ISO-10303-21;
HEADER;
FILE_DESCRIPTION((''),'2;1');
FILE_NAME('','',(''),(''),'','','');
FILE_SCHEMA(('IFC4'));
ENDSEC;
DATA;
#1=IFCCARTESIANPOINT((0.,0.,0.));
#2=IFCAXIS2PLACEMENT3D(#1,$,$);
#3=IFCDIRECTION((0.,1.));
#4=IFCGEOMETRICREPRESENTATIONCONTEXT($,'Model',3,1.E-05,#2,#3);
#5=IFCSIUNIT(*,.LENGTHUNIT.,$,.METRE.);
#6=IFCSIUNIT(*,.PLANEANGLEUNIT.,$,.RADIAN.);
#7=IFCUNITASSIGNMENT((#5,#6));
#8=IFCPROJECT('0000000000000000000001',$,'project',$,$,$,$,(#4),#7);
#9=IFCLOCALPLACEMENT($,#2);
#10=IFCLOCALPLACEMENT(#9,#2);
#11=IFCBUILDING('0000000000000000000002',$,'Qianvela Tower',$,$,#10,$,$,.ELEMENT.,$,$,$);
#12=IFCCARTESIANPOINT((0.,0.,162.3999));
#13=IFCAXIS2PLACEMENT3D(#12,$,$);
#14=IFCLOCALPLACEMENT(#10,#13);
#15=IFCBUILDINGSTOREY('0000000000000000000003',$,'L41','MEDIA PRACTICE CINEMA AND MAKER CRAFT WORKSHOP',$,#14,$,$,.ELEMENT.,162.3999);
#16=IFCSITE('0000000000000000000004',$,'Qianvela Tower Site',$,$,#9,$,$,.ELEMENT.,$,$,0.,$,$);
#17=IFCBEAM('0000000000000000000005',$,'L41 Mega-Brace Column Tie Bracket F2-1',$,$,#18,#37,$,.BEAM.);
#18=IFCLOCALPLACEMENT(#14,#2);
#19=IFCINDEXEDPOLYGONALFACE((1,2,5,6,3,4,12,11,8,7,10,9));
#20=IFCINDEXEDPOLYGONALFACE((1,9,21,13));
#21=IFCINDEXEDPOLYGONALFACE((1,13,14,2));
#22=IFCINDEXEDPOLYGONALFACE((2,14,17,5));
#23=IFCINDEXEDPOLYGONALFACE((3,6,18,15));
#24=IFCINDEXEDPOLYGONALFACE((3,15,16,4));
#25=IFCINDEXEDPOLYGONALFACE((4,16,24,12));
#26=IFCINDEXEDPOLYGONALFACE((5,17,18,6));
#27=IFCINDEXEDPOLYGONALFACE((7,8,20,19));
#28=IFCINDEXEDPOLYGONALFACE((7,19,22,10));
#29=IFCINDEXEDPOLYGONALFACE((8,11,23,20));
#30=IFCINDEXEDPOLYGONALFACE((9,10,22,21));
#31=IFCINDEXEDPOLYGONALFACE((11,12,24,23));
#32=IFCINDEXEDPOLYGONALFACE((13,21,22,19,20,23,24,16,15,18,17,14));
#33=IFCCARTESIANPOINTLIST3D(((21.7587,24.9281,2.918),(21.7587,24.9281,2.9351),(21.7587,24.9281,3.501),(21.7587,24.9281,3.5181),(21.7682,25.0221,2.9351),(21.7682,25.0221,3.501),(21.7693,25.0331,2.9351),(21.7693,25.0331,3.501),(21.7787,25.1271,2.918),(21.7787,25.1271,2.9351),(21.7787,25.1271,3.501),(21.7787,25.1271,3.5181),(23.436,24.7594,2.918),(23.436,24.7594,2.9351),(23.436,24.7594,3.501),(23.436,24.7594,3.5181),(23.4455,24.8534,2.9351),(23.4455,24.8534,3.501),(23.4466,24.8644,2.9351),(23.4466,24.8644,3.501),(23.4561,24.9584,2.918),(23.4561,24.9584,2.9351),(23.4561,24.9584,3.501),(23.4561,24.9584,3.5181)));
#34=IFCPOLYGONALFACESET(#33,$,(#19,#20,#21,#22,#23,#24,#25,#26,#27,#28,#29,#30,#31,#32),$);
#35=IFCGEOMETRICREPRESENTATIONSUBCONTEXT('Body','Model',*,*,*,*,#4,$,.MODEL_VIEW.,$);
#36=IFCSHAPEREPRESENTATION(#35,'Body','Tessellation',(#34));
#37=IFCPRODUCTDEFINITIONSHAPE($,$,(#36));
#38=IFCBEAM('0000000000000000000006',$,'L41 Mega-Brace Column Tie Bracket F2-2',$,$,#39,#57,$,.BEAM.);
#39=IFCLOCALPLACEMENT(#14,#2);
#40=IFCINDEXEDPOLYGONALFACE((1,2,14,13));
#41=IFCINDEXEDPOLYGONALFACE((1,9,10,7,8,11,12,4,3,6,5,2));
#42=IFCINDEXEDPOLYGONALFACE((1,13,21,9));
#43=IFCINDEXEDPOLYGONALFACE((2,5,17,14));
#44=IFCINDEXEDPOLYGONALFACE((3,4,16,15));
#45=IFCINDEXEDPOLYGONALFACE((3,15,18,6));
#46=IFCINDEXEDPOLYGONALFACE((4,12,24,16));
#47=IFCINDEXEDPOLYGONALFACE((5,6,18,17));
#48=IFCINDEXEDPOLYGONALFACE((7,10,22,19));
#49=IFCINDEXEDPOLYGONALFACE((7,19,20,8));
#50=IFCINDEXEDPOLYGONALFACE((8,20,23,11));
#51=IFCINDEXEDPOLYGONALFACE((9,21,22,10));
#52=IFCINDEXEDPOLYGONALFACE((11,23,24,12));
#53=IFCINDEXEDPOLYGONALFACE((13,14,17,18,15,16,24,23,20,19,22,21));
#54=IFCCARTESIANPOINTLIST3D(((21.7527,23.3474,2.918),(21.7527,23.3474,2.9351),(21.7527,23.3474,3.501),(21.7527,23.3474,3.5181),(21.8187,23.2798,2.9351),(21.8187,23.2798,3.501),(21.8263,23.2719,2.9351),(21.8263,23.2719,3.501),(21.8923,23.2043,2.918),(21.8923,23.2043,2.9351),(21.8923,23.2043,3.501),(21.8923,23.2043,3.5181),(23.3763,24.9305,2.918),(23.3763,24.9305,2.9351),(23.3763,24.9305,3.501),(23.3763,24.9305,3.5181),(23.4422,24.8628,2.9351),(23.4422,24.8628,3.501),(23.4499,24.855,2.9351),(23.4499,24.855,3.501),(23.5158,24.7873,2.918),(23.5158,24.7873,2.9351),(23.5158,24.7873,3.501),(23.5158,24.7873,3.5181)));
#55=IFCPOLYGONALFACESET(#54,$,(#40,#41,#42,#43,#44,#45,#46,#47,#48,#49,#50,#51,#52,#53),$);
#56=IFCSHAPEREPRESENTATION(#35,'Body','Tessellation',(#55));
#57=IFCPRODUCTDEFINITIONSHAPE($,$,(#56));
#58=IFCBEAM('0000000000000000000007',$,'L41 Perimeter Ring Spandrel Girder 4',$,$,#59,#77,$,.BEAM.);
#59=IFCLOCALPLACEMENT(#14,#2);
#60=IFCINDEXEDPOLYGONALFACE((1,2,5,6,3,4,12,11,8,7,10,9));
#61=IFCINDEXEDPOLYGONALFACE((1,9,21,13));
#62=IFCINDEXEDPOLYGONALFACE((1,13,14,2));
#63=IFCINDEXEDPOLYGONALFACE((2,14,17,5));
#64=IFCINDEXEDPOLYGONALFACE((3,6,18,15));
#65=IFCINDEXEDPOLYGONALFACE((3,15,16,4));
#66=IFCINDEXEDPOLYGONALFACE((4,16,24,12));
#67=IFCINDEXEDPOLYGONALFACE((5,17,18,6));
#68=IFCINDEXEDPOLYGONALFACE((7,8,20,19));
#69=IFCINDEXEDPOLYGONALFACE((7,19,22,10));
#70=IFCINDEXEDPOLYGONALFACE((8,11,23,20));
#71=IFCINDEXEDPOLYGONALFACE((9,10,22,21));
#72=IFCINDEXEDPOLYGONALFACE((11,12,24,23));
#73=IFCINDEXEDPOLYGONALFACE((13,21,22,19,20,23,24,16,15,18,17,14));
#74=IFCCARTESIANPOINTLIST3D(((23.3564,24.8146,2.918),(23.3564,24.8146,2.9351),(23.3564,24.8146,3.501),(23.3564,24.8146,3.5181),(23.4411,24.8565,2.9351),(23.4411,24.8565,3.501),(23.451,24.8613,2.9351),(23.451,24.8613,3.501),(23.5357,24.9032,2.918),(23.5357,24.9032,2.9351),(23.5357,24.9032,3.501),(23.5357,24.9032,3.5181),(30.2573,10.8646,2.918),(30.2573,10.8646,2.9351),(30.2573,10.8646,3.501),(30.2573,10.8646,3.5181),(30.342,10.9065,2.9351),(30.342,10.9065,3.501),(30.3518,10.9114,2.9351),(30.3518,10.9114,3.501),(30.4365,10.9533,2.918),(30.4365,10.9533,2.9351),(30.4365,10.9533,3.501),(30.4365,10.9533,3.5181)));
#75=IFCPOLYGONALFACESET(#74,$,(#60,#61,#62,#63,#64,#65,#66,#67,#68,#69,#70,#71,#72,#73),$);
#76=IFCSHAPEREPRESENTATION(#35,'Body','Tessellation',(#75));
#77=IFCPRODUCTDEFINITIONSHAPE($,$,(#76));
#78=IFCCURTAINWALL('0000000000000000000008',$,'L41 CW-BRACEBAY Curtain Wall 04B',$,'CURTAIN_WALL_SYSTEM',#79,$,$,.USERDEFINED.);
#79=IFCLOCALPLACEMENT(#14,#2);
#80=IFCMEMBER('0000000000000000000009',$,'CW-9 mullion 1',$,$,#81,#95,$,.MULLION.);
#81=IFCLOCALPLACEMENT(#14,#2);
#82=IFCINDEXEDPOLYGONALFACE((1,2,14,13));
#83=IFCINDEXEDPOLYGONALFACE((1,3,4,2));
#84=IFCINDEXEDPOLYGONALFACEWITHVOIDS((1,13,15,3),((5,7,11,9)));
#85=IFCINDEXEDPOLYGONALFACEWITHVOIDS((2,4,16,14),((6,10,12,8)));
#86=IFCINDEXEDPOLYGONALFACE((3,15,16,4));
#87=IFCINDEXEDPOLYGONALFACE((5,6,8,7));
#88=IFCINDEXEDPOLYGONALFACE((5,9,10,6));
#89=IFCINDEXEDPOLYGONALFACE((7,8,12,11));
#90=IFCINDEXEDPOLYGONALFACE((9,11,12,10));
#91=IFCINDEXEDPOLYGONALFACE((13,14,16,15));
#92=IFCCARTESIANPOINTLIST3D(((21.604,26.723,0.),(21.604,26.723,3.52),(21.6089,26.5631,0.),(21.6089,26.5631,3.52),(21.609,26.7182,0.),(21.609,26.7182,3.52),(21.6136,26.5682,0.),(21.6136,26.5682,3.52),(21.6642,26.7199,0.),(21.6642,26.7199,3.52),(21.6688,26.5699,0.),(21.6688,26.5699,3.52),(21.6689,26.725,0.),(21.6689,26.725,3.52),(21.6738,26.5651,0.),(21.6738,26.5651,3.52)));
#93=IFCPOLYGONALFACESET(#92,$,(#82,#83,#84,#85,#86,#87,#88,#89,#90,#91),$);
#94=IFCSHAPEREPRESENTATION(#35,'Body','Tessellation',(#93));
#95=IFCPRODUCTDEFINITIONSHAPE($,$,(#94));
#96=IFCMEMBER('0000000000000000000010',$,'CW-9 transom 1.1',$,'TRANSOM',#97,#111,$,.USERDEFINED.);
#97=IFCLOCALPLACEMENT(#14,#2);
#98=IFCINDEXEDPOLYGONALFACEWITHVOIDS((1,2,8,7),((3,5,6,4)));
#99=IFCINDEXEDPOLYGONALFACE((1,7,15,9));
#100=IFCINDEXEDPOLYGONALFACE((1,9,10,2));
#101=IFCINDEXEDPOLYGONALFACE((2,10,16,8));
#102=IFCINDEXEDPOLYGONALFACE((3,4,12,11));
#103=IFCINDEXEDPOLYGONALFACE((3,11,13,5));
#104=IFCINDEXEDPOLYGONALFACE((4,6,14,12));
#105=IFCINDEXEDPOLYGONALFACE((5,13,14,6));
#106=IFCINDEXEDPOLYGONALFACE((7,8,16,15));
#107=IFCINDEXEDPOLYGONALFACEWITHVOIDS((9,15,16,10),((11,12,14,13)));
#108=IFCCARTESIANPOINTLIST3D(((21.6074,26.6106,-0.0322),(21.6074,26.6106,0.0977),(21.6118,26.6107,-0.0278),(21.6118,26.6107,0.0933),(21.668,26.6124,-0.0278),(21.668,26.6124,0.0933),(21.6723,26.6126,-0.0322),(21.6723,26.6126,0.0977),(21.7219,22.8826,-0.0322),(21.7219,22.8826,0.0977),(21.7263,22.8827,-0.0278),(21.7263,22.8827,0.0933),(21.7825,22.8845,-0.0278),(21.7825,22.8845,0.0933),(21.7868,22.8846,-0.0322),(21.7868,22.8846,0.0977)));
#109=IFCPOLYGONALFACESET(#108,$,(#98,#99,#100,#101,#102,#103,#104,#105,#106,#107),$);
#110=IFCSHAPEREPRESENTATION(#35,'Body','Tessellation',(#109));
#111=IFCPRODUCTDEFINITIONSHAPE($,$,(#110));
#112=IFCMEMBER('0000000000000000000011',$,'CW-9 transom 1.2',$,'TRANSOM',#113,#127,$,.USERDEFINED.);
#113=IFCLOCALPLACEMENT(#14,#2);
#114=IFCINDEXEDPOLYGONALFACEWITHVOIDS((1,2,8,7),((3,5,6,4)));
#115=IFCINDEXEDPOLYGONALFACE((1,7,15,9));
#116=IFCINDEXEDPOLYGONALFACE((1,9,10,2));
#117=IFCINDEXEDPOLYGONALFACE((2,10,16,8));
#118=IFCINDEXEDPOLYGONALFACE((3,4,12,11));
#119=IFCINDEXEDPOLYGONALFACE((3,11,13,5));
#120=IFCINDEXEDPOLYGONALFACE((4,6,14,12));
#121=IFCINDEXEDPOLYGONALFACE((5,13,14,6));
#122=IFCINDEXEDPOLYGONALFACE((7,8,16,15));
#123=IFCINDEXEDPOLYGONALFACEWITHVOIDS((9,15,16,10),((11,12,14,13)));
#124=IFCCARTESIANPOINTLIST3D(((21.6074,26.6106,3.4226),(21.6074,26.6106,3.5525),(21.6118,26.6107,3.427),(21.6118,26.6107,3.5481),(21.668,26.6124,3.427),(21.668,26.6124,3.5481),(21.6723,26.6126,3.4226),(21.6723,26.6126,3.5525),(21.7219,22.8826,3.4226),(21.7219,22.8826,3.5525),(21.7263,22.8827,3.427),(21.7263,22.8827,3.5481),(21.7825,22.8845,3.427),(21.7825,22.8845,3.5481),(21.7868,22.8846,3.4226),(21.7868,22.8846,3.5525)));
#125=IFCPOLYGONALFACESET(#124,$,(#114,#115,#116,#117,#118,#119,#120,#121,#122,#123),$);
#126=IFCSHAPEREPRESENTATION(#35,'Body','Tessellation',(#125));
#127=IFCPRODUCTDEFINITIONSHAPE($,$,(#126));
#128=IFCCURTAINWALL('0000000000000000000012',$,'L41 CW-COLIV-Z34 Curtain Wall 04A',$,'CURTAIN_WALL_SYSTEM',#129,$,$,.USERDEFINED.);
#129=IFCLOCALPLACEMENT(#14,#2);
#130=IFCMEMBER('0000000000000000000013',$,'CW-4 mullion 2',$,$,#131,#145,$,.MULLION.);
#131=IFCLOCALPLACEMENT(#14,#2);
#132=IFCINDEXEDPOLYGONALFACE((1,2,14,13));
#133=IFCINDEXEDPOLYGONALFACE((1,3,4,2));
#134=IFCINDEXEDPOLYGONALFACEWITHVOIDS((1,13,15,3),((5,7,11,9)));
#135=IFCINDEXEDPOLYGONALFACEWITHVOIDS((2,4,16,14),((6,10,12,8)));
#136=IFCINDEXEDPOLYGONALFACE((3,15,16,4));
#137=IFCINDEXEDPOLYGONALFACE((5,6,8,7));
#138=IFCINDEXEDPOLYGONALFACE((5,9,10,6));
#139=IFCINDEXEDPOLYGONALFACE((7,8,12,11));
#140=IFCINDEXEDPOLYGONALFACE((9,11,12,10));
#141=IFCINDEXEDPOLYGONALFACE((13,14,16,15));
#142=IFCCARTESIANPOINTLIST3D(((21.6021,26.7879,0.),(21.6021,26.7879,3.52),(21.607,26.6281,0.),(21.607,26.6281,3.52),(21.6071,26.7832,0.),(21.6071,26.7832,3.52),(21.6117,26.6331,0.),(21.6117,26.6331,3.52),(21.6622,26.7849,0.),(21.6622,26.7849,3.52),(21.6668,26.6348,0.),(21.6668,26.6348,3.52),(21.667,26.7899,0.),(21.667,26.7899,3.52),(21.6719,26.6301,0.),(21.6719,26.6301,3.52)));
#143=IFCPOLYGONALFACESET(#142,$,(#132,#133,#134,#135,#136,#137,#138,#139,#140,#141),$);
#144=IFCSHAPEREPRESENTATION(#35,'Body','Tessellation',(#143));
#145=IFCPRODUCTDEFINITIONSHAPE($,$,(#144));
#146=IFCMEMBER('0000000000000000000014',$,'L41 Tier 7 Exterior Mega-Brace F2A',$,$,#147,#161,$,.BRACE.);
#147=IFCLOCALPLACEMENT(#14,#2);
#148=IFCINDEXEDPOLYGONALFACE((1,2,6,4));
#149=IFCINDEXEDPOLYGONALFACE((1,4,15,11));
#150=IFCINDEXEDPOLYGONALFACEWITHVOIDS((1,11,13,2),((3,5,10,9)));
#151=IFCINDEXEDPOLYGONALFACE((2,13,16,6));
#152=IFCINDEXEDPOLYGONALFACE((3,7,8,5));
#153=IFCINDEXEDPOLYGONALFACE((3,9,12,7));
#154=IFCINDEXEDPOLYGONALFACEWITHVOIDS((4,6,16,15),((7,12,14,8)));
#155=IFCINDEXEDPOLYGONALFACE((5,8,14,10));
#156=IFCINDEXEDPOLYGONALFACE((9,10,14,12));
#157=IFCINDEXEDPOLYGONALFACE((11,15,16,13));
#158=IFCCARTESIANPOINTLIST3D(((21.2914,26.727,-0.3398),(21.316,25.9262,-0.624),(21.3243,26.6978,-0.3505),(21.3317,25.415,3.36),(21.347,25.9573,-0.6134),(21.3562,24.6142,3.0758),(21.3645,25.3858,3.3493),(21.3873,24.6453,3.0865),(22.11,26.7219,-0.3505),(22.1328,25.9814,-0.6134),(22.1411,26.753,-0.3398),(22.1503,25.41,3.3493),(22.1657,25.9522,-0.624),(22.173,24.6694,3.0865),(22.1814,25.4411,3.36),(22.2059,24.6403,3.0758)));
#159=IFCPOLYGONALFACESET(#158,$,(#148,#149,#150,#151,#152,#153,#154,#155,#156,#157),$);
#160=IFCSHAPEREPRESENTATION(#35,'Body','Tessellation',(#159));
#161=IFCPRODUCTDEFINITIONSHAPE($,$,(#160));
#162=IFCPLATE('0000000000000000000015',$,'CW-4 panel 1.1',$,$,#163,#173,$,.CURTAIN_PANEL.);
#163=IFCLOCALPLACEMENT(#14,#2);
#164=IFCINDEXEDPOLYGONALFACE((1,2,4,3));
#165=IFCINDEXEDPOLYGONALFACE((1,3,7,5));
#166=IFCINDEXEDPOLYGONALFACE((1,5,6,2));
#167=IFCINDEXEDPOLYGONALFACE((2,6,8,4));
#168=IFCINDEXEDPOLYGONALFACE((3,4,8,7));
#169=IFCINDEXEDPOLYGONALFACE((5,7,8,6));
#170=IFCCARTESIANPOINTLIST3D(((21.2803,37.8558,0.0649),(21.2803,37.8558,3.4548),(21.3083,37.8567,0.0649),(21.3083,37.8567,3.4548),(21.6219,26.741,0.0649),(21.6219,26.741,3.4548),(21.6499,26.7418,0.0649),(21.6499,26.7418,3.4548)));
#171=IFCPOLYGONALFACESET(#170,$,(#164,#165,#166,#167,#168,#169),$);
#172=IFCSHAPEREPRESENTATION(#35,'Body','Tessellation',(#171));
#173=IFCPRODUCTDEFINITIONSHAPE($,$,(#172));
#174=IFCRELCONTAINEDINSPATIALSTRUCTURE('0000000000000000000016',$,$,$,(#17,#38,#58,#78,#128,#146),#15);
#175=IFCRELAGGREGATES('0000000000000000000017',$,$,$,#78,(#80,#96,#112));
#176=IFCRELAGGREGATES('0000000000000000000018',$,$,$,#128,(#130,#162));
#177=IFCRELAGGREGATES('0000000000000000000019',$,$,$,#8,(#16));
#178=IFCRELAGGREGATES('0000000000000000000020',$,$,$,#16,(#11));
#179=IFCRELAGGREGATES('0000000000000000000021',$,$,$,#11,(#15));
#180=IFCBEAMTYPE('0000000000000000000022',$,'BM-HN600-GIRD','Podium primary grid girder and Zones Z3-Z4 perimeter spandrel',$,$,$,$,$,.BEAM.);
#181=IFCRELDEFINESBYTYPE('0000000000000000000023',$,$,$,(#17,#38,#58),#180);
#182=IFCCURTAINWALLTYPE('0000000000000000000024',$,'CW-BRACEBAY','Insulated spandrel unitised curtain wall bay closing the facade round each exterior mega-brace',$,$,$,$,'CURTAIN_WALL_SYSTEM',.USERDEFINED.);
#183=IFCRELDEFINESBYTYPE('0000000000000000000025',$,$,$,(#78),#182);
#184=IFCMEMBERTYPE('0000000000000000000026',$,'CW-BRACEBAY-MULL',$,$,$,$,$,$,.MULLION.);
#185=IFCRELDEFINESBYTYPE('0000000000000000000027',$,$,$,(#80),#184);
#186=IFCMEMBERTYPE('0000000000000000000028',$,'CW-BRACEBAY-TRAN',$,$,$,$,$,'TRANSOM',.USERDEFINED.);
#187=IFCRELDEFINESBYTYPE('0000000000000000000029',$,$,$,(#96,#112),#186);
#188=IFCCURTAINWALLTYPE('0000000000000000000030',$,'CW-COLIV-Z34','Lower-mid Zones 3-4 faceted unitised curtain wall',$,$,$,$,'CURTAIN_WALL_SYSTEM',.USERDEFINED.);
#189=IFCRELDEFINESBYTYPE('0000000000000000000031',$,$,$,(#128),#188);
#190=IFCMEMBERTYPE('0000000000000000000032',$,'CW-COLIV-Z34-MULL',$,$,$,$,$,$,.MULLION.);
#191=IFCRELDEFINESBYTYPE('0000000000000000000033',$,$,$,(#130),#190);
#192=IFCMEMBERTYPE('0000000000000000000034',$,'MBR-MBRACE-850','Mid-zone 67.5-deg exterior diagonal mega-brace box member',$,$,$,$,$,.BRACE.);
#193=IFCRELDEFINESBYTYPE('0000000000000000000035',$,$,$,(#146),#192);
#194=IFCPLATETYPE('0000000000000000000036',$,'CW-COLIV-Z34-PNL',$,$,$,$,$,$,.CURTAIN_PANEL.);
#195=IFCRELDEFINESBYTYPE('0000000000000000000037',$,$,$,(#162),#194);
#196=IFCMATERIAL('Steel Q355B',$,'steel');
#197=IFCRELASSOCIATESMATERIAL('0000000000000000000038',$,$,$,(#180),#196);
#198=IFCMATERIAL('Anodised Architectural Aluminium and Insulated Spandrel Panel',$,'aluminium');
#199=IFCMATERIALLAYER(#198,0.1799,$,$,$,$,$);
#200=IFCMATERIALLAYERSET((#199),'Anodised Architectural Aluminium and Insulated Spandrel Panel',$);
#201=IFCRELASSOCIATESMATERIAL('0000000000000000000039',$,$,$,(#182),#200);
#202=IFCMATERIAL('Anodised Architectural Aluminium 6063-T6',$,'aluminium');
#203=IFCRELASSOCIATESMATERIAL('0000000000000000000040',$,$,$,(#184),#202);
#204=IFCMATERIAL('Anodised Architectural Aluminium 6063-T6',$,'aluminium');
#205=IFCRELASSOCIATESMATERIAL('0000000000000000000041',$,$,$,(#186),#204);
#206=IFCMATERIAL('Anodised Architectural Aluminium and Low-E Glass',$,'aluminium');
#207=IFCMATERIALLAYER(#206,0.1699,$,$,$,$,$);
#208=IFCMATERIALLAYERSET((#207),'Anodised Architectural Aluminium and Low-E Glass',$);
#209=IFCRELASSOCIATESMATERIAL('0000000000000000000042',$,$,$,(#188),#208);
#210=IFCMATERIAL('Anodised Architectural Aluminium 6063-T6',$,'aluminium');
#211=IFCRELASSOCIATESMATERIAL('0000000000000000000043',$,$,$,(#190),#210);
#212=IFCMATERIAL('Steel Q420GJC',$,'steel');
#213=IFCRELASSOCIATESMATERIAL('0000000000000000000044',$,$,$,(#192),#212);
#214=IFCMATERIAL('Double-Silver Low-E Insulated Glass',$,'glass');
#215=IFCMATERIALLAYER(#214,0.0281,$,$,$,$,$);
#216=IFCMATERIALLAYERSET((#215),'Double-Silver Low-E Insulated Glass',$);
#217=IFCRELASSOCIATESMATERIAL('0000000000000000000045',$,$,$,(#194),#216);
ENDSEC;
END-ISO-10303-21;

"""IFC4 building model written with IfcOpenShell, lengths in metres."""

from ifc_helpers import new_model, si_unit, direction, frame, origin, origin_2d, place, context, subcontext, project, spatial, rectangle, hollow_rectangle, i_section, extrude, material, layer, layer_set, material_profile, profile_set, type_object, element, aggregate, save


model = new_model("IFC4")

# Units and contexts
model_context = context("Model", 3, precision=1e-05, world=origin(), true_north=direction((0.0, 1.0)))
body_context = subcontext(model_context, "Body", "Model", "MODEL_VIEW")
ifc_project = project(units=[si_unit("LENGTHUNIT", "METRE"), si_unit("PLANEANGLEUNIT", "RADIAN")], contexts=[model_context])

# Site, building, storey
site_placement = place(None, origin())
site = spatial("IfcSite", under=ifc_project, at=site_placement, Name="Qianvela Tower Site", CompositionType="ELEMENT", RefElevation=0.0)
building_placement = place(site_placement, origin())
building = spatial("IfcBuilding", under=site, at=building_placement, Name="Qianvela Tower", CompositionType="ELEMENT")
storey_placement = place(building_placement, frame((0.0, 0.0, 162.3999)))
storey = spatial("IfcBuildingStorey", under=building, at=storey_placement, Name="L41", Description="MEDIA PRACTICE CINEMA AND MAKER CRAFT WORKSHOP", CompositionType="ELEMENT", Elevation=162.3999)

# Beams
ifc_material_1 = material(Name="Steel Q355B", Category="steel")
ifc_material_profile_1 = material_profile(ifc_material_1, i_section(OverallWidth=0.2, OverallDepth=0.6001, WebThickness=0.011, FlangeThickness=0.0171, at=origin_2d()), Name="HN600x200x11x17")
ifc_profile_set_1 = profile_set([ifc_material_profile_1], Name="Steel Q355B")
beam_type = type_object("IfcBeamType", Name="BM-HN600-GIRD", Description="Podium primary grid girder and Zones Z3-Z4 perimeter spandrel", PredefinedType="BEAM", material=ifc_profile_set_1)
beam_1_placement = place(storey_placement, frame((23.446, 24.8589, 3.218), z_axis=(-0.99498, 0.100077, 0.0), x_axis=(-0.100077, -0.99498, 0.0)))
element("IfcBeam", 1, at=beam_1_placement, inside=storey, type_object=beam_type, Name="L41 Mega-Brace Column Tie Bracket F2-1", PredefinedType="BEAM", context=body_context, shape_type="SweptSolid", body=[
    extrude(i_section(OverallWidth=0.2, OverallDepth=0.6001, WebThickness=0.011, FlangeThickness=0.0171, at=origin_2d()), origin(), (0.0, 0.0, 1.0), 1.6858),
])
beam_2_placement = place(storey_placement, frame((23.446, 24.8589, 3.218), z_axis=(-0.715987, -0.698114, 0.0), x_axis=(0.698114, -0.715987, 0.0)))
element("IfcBeam", 2, at=beam_2_placement, inside=storey, type_object=beam_type, Name="L41 Mega-Brace Column Tie Bracket F2-2", PredefinedType="BEAM", context=body_context, shape_type="SweptSolid", body=[
    extrude(i_section(OverallWidth=0.2, OverallDepth=0.6001, WebThickness=0.011, FlangeThickness=0.0171, at=origin_2d()), origin(), (0.0, 0.0, 1.0), 2.2676),
])
beam_3_placement = place(storey_placement, frame((23.446, 24.8589, 3.218), z_axis=(0.443401, -0.896323, 0.0), x_axis=(0.896323, 0.443401, 0.0)))
element("IfcBeam", 3, at=beam_3_placement, inside=storey, type_object=beam_type, Name="L41 Perimeter Ring Spandrel Girder 4", PredefinedType="BEAM", context=body_context, shape_type="SweptSolid", body=[
    extrude(i_section(OverallWidth=0.2, OverallDepth=0.6001, WebThickness=0.011, FlangeThickness=0.0171, at=origin_2d()), origin(), (0.0, 0.0, 1.0), 15.5635),
])

# Curtain wall, members
ifc_material_2 = material(Name="Anodised Architectural Aluminium and Insulated Spandrel Panel", Category="aluminium")
ifc_layer_1 = layer(ifc_material_2, 0.1799)
ifc_layer_set_1 = layer_set([ifc_layer_1], Name="Anodised Architectural Aluminium and Insulated Spandrel Panel")
curtain_wall_type_1 = type_object("IfcCurtainWallType", Name="CW-BRACEBAY", Description="Insulated spandrel unitised curtain wall bay closing the facade round each exterior mega-brace", ElementType="CURTAIN_WALL_SYSTEM", PredefinedType="USERDEFINED", material=ifc_layer_set_1)
curtain_wall_1_placement = place(storey_placement, origin())
curtain_wall_1 = element("IfcCurtainWall", 4, at=curtain_wall_1_placement, inside=storey, type_object=curtain_wall_type_1, Name="L41 CW-BRACEBAY Curtain Wall 04B", ObjectType="CURTAIN_WALL_SYSTEM", PredefinedType="USERDEFINED")
ifc_material_3 = material(Name="Anodised Architectural Aluminium 6063-T6", Category="aluminium")
ifc_material_profile_2 = material_profile(ifc_material_3, hollow_rectangle(XDim=0.0649, YDim=0.1599, WallThickness=0.0049, at=origin_2d()), Name="ALU-MULL-65x160")
ifc_profile_set_2 = profile_set([ifc_material_profile_2], Name="Anodised Architectural Aluminium 6063-T6")
member_type_1 = type_object("IfcMemberType", Name="CW-BRACEBAY-MULL", PredefinedType="MULLION", material=ifc_profile_set_2)
member_1_placement = place(storey_placement, frame((21.6389, 26.644, 0.0), z_axis=(0.0, 0.0, 1.0), x_axis=(0.999529, 0.0307, 0.0)))
member_1 = element("IfcMember", 5, at=member_1_placement, type_object=member_type_1, Name="CW-9 mullion 1", PredefinedType="MULLION", context=body_context, shape_type="SweptSolid", body=[
    extrude(hollow_rectangle(XDim=0.0649, YDim=0.1599, WallThickness=0.0049, at=origin_2d()), origin(), (0.0, 0.0, 1.0), 3.52),
])
ifc_material_4 = material(Name="Anodised Architectural Aluminium 6063-T6", Category="aluminium")
ifc_material_profile_3 = material_profile(ifc_material_4, hollow_rectangle(XDim=0.0649, YDim=0.1299, WallThickness=0.0044, at=origin_2d()), Name="ALU-TRAN-65x130")
ifc_profile_set_3 = profile_set([ifc_material_profile_3], Name="Anodised Architectural Aluminium 6063-T6")
member_type_2 = type_object("IfcMemberType", Name="CW-BRACEBAY-TRAN", ElementType="TRANSOM", PredefinedType="USERDEFINED", material=ifc_profile_set_3)
member_2_placement = place(storey_placement, frame((21.6399, 26.6116, 0.0327), z_axis=(0.030699, -0.999529, 0.0), x_axis=(0.999529, 0.030699, 0.0)))
member_2 = element("IfcMember", 6, at=member_2_placement, type_object=member_type_2, Name="CW-9 transom 1.1", ObjectType="TRANSOM", PredefinedType="USERDEFINED", context=body_context, shape_type="SweptSolid", body=[
    extrude(hollow_rectangle(XDim=0.0649, YDim=0.1299, WallThickness=0.0044, at=origin_2d()), origin(), (0.0, 0.0, 1.0), 3.7297),
])
member_3_placement = place(storey_placement, frame((21.6399, 26.6116, 3.4875), z_axis=(0.030699, -0.999529, 0.0), x_axis=(0.999529, 0.030699, 0.0)))
member_3 = element("IfcMember", 7, at=member_3_placement, type_object=member_type_2, Name="CW-9 transom 1.2", ObjectType="TRANSOM", PredefinedType="USERDEFINED", context=body_context, shape_type="SweptSolid", body=[
    extrude(hollow_rectangle(XDim=0.0649, YDim=0.1299, WallThickness=0.0044, at=origin_2d()), origin(), (0.0, 0.0, 1.0), 3.7297),
])
aggregate(curtain_wall_1, [member_1, member_2, member_3])

# Curtain wall, member
ifc_material_5 = material(Name="Anodised Architectural Aluminium and Low-E Glass", Category="aluminium")
ifc_layer_2 = layer(ifc_material_5, 0.1699)
ifc_layer_set_2 = layer_set([ifc_layer_2], Name="Anodised Architectural Aluminium and Low-E Glass")
curtain_wall_type_2 = type_object("IfcCurtainWallType", Name="CW-COLIV-Z34", Description="Lower-mid Zones 3-4 faceted unitised curtain wall", ElementType="CURTAIN_WALL_SYSTEM", PredefinedType="USERDEFINED", material=ifc_layer_set_2)
curtain_wall_2_placement = place(storey_placement, origin())
curtain_wall_2 = element("IfcCurtainWall", 8, at=curtain_wall_2_placement, inside=storey, type_object=curtain_wall_type_2, Name="L41 CW-COLIV-Z34 Curtain Wall 04A", ObjectType="CURTAIN_WALL_SYSTEM", PredefinedType="USERDEFINED")
ifc_material_6 = material(Name="Anodised Architectural Aluminium 6063-T6", Category="aluminium")
ifc_material_profile_4 = material_profile(ifc_material_6, hollow_rectangle(XDim=0.0649, YDim=0.1599, WallThickness=0.0049, at=origin_2d()), Name="ALU-MULL-65x160")
ifc_profile_set_4 = profile_set([ifc_material_profile_4], Name="Anodised Architectural Aluminium 6063-T6")
member_type_3 = type_object("IfcMemberType", Name="CW-COLIV-Z34-MULL", PredefinedType="MULLION", material=ifc_profile_set_4)
member_4_placement = place(storey_placement, frame((21.637, 26.709, 0.0), z_axis=(0.0, 0.0, 1.0), x_axis=(0.999528, 0.03072, 0.0)))
member_4 = element("IfcMember", 9, at=member_4_placement, type_object=member_type_3, Name="CW-4 mullion 2", PredefinedType="MULLION", context=body_context, shape_type="SweptSolid", body=[
    extrude(hollow_rectangle(XDim=0.0649, YDim=0.1599, WallThickness=0.0049, at=origin_2d()), origin(), (0.0, 0.0, 1.0), 3.52),
])

# Member
ifc_material_7 = material(Name="Steel Q420GJC", Category="steel")
ifc_material_profile_5 = material_profile(ifc_material_7, hollow_rectangle(XDim=0.8501, YDim=0.8501, WallThickness=0.032, at=origin_2d()), Name="MBOX-850x850x32")
ifc_profile_set_5 = profile_set([ifc_material_profile_5], Name="Steel Q420GJC")
member_type_4 = type_object("IfcMemberType", Name="MBR-MBRACE-850", Description="Mid-zone 67.5-deg exterior diagonal mega-brace box member", PredefinedType="BRACE", material=ifc_profile_set_5)
member_5_placement = place(storey_placement, frame((21.7285, 26.3396, -0.4819), z_axis=(0.010261, -0.334194, 0.942448), x_axis=(0.999529, 0.030689, 0.0)))
element("IfcMember", 10, at=member_5_placement, inside=storey, type_object=member_type_4, Name="L41 Tier 7 Exterior Mega-Brace F2A", PredefinedType="BRACE", context=body_context, shape_type="SweptSolid", body=[
    extrude(hollow_rectangle(XDim=0.8501, YDim=0.8501, WallThickness=0.032, at=origin_2d()), origin(), (0.0, 0.0, 1.0), 3.9258),
])

# Plate
ifc_material_8 = material(Name="Double-Silver Low-E Insulated Glass", Category="glass")
ifc_layer_3 = layer(ifc_material_8, 0.0281)
ifc_layer_set_3 = layer_set([ifc_layer_3], Name="Double-Silver Low-E Insulated Glass")
plate_type_1 = type_object("IfcPlateType", Name="CW-COLIV-Z34-PNL", PredefinedType="CURTAIN_PANEL", material=ifc_layer_set_3)
plate_placement = place(storey_placement, frame((21.4651, 32.2988, 0.0649), z_axis=(0.0, 0.0, 1.0), x_axis=(0.03072, -0.999528, 0.0)))
plate = element("IfcPlate", 11, at=plate_placement, type_object=plate_type_1, Name="CW-4 panel 1.1", PredefinedType="CURTAIN_PANEL", context=body_context, shape_type="SweptSolid", body=[
    extrude(rectangle(XDim=11.1201, YDim=0.0281, at=origin_2d()), origin(), (0.0, 0.0, 1.0), 3.3899),
])
aggregate(curtain_wall_2, [member_4, plate])

save(model, "model.ifc")
